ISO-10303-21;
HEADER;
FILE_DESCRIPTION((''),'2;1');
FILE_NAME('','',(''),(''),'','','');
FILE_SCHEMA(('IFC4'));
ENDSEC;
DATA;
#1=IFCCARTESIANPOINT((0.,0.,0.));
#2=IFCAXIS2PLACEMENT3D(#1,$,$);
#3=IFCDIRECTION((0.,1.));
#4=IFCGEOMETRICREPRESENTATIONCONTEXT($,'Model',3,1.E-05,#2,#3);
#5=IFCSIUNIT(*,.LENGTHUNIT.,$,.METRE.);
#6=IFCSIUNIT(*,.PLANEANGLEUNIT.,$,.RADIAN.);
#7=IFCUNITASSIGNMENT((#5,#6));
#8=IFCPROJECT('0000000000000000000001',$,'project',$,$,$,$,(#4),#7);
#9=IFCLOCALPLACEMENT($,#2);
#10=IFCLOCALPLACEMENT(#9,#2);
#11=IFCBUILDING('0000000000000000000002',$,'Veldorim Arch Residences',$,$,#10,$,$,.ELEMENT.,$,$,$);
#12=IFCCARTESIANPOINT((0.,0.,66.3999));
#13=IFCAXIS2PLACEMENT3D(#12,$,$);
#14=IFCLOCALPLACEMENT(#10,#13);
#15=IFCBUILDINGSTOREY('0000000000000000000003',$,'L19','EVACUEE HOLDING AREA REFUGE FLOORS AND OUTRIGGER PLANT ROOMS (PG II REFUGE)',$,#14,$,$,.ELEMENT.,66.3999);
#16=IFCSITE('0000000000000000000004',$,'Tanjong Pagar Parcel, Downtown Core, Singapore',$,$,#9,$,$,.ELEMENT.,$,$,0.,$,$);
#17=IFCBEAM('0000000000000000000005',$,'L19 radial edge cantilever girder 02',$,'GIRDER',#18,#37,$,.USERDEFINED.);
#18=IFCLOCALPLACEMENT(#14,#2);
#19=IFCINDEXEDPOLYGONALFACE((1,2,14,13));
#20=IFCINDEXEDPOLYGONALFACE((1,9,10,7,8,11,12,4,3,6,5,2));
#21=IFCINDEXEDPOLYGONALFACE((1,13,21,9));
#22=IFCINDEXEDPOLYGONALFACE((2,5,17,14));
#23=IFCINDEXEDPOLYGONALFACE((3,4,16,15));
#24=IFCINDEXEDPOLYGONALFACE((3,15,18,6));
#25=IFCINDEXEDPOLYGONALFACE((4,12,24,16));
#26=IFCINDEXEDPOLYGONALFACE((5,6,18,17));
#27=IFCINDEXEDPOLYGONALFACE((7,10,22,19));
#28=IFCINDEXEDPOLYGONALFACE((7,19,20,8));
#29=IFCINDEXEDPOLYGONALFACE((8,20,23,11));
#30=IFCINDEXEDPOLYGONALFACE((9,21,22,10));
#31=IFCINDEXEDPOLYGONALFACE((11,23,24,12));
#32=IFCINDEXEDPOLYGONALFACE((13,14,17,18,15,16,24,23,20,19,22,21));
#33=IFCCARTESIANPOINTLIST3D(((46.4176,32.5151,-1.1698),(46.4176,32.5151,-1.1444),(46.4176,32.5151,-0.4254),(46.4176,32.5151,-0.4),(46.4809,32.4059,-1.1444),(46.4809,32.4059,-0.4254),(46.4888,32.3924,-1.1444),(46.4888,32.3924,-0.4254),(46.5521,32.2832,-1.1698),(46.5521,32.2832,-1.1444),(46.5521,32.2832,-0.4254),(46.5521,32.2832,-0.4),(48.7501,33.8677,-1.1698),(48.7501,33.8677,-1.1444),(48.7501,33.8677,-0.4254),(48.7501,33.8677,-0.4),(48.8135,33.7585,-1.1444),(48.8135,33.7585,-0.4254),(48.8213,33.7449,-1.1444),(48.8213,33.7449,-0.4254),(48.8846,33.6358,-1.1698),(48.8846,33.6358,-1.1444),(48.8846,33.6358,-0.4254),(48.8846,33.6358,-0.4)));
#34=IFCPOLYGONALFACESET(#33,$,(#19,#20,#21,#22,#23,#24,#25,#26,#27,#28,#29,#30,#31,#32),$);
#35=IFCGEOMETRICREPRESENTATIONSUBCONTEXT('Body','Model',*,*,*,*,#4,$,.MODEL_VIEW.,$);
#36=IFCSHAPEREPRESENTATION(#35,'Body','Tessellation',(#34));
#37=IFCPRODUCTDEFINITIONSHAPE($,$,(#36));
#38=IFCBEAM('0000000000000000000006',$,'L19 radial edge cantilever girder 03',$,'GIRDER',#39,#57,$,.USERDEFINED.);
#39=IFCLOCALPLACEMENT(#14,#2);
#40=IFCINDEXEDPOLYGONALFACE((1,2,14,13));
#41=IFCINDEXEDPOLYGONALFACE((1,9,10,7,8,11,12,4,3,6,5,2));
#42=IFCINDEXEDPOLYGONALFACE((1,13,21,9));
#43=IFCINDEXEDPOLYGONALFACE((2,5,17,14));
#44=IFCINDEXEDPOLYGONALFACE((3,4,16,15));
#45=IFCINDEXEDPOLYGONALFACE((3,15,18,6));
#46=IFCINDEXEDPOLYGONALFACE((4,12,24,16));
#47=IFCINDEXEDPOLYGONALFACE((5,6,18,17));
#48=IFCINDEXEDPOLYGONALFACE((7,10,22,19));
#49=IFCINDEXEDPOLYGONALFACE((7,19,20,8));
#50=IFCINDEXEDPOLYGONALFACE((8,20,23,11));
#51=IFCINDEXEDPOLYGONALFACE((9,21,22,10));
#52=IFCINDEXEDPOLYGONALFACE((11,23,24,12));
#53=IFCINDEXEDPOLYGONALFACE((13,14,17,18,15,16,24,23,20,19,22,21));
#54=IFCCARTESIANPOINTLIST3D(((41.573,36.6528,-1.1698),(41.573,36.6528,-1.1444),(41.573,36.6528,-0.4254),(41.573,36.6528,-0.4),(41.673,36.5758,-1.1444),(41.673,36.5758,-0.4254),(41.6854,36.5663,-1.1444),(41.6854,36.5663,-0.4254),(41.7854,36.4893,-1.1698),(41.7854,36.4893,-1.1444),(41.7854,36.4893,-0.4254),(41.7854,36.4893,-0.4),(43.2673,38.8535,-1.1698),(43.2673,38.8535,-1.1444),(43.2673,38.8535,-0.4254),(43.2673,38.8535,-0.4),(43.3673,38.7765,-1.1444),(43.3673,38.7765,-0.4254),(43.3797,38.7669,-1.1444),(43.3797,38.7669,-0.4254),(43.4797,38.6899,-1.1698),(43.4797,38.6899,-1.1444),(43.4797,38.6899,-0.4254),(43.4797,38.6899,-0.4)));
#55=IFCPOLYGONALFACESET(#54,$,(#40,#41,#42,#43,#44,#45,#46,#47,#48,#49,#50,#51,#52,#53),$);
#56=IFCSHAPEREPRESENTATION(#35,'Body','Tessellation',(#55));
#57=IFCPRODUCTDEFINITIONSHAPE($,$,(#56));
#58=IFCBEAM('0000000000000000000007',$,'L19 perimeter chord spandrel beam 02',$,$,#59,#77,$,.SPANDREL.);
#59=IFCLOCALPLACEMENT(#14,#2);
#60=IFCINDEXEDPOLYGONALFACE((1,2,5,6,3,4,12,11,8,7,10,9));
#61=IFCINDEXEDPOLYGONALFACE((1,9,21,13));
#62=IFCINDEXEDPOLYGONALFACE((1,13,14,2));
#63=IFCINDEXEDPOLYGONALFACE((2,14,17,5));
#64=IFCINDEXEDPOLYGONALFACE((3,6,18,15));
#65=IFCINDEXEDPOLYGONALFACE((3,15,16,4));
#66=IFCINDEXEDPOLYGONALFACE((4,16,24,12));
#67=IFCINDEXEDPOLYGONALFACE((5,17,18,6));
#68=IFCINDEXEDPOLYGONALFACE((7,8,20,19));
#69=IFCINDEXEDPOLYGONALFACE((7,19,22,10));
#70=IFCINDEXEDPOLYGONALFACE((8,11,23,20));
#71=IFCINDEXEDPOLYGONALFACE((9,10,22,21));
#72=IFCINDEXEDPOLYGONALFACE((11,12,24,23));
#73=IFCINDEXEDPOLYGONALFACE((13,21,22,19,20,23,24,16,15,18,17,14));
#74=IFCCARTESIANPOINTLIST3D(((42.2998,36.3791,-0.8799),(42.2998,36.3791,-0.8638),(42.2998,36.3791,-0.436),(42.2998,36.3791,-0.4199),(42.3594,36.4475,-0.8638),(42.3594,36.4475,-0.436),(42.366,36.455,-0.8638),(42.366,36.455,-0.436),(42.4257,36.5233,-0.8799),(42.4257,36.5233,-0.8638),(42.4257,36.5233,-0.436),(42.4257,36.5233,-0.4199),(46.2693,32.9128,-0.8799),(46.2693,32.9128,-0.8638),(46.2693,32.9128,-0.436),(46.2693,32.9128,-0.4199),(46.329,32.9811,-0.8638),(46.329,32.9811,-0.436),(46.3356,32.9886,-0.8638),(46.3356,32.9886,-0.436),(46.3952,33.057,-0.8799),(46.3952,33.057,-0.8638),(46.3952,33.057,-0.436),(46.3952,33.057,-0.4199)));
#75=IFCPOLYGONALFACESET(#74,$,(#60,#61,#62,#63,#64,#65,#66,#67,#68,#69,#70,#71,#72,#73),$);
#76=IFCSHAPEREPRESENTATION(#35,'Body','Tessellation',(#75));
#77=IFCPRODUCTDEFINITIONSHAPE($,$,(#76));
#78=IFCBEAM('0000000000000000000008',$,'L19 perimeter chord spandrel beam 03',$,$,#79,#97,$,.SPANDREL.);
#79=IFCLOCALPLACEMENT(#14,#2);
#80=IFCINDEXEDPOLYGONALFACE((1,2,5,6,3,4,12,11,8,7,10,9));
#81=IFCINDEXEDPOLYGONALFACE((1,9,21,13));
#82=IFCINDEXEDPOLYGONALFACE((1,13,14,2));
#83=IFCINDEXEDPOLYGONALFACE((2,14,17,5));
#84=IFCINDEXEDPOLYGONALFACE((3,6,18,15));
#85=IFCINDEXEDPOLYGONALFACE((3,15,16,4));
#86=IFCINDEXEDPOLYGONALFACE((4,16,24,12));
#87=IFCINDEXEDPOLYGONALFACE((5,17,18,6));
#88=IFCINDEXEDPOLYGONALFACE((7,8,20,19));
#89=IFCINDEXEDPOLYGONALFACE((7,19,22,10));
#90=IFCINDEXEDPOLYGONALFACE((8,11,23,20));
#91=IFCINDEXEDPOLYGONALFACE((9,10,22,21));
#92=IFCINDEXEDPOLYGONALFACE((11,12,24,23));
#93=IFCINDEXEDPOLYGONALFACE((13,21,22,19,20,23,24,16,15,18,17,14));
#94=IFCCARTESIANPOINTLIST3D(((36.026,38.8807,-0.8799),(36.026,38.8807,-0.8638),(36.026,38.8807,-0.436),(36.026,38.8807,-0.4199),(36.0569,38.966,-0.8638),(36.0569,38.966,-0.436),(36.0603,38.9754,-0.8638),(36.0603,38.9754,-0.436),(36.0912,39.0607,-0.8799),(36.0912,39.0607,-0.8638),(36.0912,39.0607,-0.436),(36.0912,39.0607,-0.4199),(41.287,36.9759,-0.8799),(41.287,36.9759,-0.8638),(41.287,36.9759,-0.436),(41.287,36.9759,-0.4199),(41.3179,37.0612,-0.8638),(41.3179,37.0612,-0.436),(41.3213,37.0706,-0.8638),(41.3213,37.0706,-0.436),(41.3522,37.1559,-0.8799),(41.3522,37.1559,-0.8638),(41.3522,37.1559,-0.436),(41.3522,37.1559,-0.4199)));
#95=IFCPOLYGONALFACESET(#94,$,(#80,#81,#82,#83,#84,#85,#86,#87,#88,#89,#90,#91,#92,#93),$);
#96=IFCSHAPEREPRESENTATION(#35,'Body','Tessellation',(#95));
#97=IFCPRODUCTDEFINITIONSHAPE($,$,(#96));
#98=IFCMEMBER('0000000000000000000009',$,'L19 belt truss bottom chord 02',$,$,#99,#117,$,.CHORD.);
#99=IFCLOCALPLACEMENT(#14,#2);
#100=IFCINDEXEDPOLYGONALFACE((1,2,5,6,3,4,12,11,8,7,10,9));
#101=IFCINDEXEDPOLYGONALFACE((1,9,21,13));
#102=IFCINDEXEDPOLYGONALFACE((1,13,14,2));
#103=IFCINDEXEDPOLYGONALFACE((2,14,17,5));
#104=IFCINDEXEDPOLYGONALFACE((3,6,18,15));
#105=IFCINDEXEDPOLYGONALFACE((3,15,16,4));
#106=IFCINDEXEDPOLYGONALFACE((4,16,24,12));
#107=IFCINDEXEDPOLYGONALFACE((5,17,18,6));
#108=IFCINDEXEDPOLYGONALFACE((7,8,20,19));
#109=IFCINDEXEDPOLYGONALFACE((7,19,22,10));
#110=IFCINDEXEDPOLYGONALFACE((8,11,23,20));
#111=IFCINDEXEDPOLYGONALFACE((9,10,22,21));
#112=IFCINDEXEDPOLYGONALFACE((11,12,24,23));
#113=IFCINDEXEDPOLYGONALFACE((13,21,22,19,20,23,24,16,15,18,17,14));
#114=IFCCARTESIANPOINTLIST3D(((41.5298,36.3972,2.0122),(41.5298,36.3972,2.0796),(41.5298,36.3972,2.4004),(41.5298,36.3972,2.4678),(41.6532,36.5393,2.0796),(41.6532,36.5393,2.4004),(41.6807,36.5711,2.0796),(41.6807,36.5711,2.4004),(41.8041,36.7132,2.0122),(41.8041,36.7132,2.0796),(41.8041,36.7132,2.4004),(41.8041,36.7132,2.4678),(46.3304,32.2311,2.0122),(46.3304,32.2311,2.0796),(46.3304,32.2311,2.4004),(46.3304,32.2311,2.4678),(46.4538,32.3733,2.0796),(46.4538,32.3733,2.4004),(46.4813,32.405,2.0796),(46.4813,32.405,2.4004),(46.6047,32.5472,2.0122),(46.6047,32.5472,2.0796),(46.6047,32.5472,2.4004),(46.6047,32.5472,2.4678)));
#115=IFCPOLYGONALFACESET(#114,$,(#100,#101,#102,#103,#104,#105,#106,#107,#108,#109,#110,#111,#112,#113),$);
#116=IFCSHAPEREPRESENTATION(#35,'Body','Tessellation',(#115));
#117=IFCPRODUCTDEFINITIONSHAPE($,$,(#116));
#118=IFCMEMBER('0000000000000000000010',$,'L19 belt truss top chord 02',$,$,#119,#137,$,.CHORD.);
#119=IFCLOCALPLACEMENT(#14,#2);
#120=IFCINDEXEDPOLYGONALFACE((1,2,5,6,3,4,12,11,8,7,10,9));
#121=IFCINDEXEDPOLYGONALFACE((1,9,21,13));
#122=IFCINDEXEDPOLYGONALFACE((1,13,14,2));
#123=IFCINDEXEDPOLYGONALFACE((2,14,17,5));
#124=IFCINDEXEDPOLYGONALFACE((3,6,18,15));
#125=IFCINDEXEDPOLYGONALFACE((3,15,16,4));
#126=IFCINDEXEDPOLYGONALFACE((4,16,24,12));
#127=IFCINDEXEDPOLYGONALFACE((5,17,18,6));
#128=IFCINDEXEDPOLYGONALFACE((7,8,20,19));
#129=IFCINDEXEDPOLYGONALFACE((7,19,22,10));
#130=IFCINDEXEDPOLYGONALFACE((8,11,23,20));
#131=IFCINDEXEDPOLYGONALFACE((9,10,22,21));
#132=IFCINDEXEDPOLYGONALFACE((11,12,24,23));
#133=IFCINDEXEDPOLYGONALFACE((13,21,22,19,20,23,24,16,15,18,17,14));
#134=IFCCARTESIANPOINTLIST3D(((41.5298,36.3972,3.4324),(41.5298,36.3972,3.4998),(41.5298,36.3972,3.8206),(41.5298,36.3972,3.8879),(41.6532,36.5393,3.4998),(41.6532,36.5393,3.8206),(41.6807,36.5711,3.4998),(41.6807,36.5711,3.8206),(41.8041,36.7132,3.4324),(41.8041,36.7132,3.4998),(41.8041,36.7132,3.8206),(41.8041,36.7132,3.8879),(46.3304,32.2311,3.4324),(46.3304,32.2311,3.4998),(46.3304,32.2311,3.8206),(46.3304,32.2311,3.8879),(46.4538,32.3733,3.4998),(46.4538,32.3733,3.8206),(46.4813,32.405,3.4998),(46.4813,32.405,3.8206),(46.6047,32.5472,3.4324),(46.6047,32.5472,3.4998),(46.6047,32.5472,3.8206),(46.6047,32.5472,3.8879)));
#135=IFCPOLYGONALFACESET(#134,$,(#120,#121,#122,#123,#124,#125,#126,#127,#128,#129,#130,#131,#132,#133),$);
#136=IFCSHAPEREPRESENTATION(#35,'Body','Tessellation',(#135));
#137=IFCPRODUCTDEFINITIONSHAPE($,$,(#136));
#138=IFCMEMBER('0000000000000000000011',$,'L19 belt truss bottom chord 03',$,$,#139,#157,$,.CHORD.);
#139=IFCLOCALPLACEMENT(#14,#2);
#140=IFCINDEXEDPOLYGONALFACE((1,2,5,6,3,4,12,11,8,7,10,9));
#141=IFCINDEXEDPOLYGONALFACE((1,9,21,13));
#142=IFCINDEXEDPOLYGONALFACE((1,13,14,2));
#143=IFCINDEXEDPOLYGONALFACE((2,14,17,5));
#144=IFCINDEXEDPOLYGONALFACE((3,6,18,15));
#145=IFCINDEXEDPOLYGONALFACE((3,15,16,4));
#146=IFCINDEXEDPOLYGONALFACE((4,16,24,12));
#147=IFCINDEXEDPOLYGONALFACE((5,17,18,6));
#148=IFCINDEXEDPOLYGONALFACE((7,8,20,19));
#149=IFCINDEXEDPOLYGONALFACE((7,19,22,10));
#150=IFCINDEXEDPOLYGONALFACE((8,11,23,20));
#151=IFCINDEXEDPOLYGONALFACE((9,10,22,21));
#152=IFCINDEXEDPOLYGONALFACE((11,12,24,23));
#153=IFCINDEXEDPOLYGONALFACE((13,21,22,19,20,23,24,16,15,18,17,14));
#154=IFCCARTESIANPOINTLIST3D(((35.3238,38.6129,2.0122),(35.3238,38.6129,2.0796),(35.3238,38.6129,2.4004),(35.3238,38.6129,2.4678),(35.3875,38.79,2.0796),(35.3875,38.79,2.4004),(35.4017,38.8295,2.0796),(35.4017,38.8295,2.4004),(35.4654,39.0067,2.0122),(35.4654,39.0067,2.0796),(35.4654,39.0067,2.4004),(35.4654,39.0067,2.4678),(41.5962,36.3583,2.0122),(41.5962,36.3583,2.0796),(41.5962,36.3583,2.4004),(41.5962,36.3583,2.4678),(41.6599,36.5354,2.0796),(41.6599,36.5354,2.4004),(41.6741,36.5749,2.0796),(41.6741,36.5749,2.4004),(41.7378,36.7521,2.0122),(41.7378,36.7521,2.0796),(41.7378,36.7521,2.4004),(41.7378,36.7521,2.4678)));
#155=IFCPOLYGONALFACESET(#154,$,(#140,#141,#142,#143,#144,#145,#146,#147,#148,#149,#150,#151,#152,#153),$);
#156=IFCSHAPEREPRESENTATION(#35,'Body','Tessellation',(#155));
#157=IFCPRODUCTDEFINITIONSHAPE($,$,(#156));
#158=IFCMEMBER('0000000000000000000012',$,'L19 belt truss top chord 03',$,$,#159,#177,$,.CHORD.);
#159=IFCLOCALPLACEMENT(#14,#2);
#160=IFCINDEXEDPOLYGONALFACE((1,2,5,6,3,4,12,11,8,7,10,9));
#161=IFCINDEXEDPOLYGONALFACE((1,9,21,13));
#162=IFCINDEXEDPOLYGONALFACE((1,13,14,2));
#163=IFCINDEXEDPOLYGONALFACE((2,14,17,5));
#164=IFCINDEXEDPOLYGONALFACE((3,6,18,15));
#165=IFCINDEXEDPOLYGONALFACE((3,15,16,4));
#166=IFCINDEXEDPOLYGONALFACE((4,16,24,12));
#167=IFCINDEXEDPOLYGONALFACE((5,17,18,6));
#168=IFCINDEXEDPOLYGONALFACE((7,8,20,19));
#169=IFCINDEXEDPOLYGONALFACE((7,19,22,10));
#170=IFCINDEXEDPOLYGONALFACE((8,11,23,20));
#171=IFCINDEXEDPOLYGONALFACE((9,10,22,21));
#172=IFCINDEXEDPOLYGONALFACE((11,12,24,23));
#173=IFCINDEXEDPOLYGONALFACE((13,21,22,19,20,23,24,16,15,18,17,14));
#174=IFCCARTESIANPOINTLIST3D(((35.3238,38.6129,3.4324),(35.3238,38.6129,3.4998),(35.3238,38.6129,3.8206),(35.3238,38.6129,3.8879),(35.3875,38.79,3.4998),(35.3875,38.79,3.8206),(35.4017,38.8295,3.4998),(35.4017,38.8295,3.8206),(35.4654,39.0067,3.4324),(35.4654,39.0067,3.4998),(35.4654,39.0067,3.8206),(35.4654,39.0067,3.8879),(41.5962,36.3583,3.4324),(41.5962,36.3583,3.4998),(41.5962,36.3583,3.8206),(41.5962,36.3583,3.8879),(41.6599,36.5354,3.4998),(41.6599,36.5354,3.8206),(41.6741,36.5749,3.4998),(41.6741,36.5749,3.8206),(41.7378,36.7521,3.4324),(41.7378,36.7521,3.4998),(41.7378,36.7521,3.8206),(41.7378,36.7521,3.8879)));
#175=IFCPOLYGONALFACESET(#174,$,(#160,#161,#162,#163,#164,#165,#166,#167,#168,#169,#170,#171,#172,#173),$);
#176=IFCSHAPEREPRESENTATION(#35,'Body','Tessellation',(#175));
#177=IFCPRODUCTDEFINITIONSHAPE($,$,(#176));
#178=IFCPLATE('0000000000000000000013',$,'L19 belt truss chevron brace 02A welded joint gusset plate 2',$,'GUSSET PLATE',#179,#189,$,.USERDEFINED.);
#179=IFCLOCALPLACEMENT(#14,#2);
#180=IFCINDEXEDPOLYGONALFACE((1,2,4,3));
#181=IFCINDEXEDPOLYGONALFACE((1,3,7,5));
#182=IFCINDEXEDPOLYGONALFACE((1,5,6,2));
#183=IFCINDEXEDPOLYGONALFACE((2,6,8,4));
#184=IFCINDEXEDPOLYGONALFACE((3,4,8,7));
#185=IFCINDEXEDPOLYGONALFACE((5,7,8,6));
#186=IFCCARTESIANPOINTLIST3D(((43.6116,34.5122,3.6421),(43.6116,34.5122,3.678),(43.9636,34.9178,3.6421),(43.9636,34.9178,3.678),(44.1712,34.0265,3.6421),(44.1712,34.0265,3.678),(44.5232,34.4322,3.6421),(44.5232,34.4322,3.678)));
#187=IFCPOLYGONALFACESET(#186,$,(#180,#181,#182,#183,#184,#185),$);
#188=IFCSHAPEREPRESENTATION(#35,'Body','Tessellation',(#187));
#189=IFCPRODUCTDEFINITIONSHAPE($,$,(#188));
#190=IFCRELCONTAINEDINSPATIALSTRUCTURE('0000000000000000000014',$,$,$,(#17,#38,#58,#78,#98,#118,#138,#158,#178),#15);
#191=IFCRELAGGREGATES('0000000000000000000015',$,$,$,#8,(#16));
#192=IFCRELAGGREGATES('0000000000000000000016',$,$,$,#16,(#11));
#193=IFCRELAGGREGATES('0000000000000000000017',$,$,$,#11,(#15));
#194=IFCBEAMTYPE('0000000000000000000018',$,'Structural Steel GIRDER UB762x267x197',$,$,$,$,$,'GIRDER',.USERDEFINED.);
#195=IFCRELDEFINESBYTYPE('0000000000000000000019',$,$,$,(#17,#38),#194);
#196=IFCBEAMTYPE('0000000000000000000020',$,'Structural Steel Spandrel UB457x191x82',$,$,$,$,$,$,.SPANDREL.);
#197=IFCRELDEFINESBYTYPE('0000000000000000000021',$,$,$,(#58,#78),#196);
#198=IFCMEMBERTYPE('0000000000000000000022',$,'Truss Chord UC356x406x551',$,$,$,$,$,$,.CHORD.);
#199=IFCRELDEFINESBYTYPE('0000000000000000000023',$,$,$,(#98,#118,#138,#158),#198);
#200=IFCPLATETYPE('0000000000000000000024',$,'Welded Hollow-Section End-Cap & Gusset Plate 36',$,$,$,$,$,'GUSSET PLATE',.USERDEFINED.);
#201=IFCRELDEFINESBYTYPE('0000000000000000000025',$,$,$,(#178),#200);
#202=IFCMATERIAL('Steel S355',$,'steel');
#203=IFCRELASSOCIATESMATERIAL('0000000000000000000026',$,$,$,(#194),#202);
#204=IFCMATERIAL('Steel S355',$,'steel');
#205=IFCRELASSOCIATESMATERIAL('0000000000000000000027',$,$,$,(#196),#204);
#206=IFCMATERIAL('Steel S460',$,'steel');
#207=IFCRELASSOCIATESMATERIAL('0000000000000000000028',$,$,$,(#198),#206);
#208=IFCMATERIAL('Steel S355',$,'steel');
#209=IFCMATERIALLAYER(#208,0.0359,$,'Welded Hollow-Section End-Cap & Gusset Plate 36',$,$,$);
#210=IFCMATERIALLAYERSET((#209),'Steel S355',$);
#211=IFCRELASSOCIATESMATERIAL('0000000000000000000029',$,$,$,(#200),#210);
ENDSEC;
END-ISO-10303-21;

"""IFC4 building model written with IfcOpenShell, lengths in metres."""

from ifc_helpers import new_model, si_unit, direction, frame, origin, origin_2d, place, context, subcontext, project, spatial, rectangle, i_section, extrude, material, layer, layer_set, material_profile, profile_set, type_object, element, save


model = new_model("IFC4")

# Units and contexts
model_context = context("Model", 3, precision=1e-05, world=origin(), true_north=direction((0.0, 1.0)))
body_context = subcontext(model_context, "Body", "Model", "MODEL_VIEW")
ifc_project = project(units=[si_unit("LENGTHUNIT", "METRE"), si_unit("PLANEANGLEUNIT", "RADIAN")], contexts=[model_context])

# Site, building, storey
site_placement = place(None, origin())
site = spatial("IfcSite", under=ifc_project, at=site_placement, Name="Tanjong Pagar Parcel, Downtown Core, Singapore", CompositionType="ELEMENT", RefElevation=0.0)
building_placement = place(site_placement, origin())
building = spatial("IfcBuilding", under=site, at=building_placement, Name="Veldorim Arch Residences", CompositionType="ELEMENT")
storey_placement = place(building_placement, frame((0.0, 0.0, 66.3999)))
storey = spatial("IfcBuildingStorey", under=building, at=storey_placement, Name="L19", Description="EVACUEE HOLDING AREA REFUGE FLOORS AND OUTRIGGER PLANT ROOMS (PG II REFUGE)", CompositionType="ELEMENT", Elevation=66.3999)

# Beams
ifc_material_1 = material(Name="Steel S355", Category="steel")
ifc_material_profile_1 = material_profile(ifc_material_1, i_section(OverallWidth=0.2681, OverallDepth=0.7698, WebThickness=0.0156, FlangeThickness=0.0254, at=origin_2d()), Name="UB762x267x197")
ifc_profile_set_1 = profile_set([ifc_material_profile_1], Name="Steel S355")
beam_type_1 = type_object("IfcBeamType", Name="Structural Steel GIRDER UB762x267x197", ElementType="GIRDER", PredefinedType="USERDEFINED", material=ifc_profile_set_1)
beam_1_placement = place(storey_placement, frame((46.4849, 32.3992, -0.7849), z_axis=(0.865083, 0.501629, 0.0), x_axis=(-0.501629, 0.865083, 0.0)))
element("IfcBeam", 1, at=beam_1_placement, inside=storey, type_object=beam_type_1, Name="L19 radial edge cantilever girder 02", ObjectType="GIRDER", PredefinedType="USERDEFINED", context=body_context, shape_type="SweptSolid", body=[
    extrude(i_section(OverallWidth=0.2681, OverallDepth=0.7698, WebThickness=0.0156, FlangeThickness=0.0254, at=origin_2d()), origin(), (0.0, 0.0, 1.0), 2.6963),
])
beam_2_placement = place(storey_placement, frame((41.6792, 36.571, -0.7849), z_axis=(0.610051, 0.792362, 0.0), x_axis=(-0.792362, 0.610051, 0.0)))
element("IfcBeam", 2, at=beam_2_placement, inside=storey, type_object=beam_type_1, Name="L19 radial edge cantilever girder 03", ObjectType="GIRDER", PredefinedType="USERDEFINED", context=body_context, shape_type="SweptSolid", body=[
    extrude(i_section(OverallWidth=0.2681, OverallDepth=0.7698, WebThickness=0.0156, FlangeThickness=0.0254, at=origin_2d()), origin(), (0.0, 0.0, 1.0), 2.7773),
])
ifc_material_2 = material(Name="Steel S355", Category="steel")
ifc_material_profile_2 = material_profile(ifc_material_2, i_section(OverallWidth=0.1914, OverallDepth=0.46, WebThickness=0.01, FlangeThickness=0.0161, at=origin_2d()), Name="UB457x191x82")
ifc_profile_set_2 = profile_set([ifc_material_profile_2], Name="Steel S355")
beam_type_2 = type_object("IfcBeamType", Name="Structural Steel Spandrel UB457x191x82", PredefinedType="SPANDREL", material=ifc_profile_set_2)
beam_3_placement = place(storey_placement, frame((46.3323, 32.9849, -0.6499), z_axis=(-0.753234, 0.657753, 0.0), x_axis=(-0.657753, -0.753234, 0.0)))
element("IfcBeam", 3, at=beam_3_placement, inside=storey, type_object=beam_type_2, Name="L19 perimeter chord spandrel beam 02", PredefinedType="SPANDREL", context=body_context, shape_type="SweptSolid", body=[
    extrude(i_section(OverallWidth=0.1914, OverallDepth=0.46, WebThickness=0.01, FlangeThickness=0.0161, at=origin_2d()), origin(), (0.0, 0.0, 1.0), 5.27),
])
beam_4_placement = place(storey_placement, frame((41.3196, 37.0659, -0.6499), z_axis=(-0.940269, 0.340432, 0.0), x_axis=(-0.340432, -0.940269, 0.0)))
element("IfcBeam", 4, at=beam_4_placement, inside=storey, type_object=beam_type_2, Name="L19 perimeter chord spandrel beam 03", PredefinedType="SPANDREL", context=body_context, shape_type="SweptSolid", body=[
    extrude(i_section(OverallWidth=0.1914, OverallDepth=0.46, WebThickness=0.01, FlangeThickness=0.0161, at=origin_2d()), origin(), (0.0, 0.0, 1.0), 5.5952),
])

# Members
ifc_material_3 = material(Name="Steel S460", Category="steel")
ifc_material_profile_3 = material_profile(ifc_material_3, i_section(OverallWidth=0.4185, OverallDepth=0.4556, WebThickness=0.042, FlangeThickness=0.0674, at=origin_2d()), Name="UC356x406x551")
ifc_profile_set_3 = profile_set([ifc_material_profile_3], Name="Steel S460")
member_type_1 = type_object("IfcMemberType", Name="Truss Chord UC356x406x551", PredefinedType="CHORD", material=ifc_profile_set_3)
for number, where, z_axis, x_axis, name in (
    (5, (46.4675, 32.3892, 2.24), (-0.755257, 0.655429, 0.0), (-0.655429, -0.755257, 0.0), "L19 belt truss bottom chord 02"),
    (6, (46.4675, 32.3892, 3.6602), (-0.755257, 0.655429, 0.0), (-0.655429, -0.755257, 0.0), "L19 belt truss top chord 02"),
):
    element("IfcMember", number, at=place(storey_placement, frame(where, z_axis=z_axis, x_axis=x_axis)), inside=storey, type_object=member_type_1, Name=name, PredefinedType="CHORD", context=body_context, shape_type="SweptSolid", body=[
        extrude(i_section(OverallWidth=0.4185, OverallDepth=0.4556, WebThickness=0.042, FlangeThickness=0.0674, at=origin_2d()), origin(), (0.0, 0.0, 1.0), 6.3562),
    ])
for number, where, z_axis, x_axis, name in (
    (7, (41.667, 36.5552, 2.24), (-0.941052, 0.338262, 0.0), (-0.338262, -0.941052, 0.0), "L19 belt truss bottom chord 03"),
    (8, (41.667, 36.5552, 3.6602), (-0.941052, 0.338262, 0.0), (-0.338262, -0.941052, 0.0), "L19 belt truss top chord 03"),
):
    element("IfcMember", number, at=place(storey_placement, frame(where, z_axis=z_axis, x_axis=x_axis)), inside=storey, type_object=member_type_1, Name=name, PredefinedType="CHORD", context=body_context, shape_type="SweptSolid", body=[
        extrude(i_section(OverallWidth=0.4185, OverallDepth=0.4556, WebThickness=0.042, FlangeThickness=0.0674, at=origin_2d()), origin(), (0.0, 0.0, 1.0), 6.6653),
    ])

# Plate
ifc_material_4 = material(Name="Steel S355", Category="steel")
ifc_layer_1 = layer(ifc_material_4, 0.0359, Name="Welded Hollow-Section End-Cap & Gusset Plate 36")
ifc_layer_set_1 = layer_set([ifc_layer_1], Name="Steel S355")
plate_type = type_object("IfcPlateType", Name="Welded Hollow-Section End-Cap & Gusset Plate 36", ElementType="GUSSET PLATE", PredefinedType="USERDEFINED", material=ifc_layer_set_1)
for number, where, z_axis, x_axis, name in (
    (9, (44.0674, 34.4722, 3.6421), (0.0, 0.0, 1.0), (-0.755259, 0.655427, 0.0), "L19 belt truss chevron brace 02A welded joint gusset plate 2"),
):
    element("IfcPlate", number, at=place(storey_placement, frame(where, z_axis=z_axis, x_axis=x_axis)), inside=storey, type_object=plate_type, Name=name, ObjectType="GUSSET PLATE", PredefinedType="USERDEFINED", context=body_context, shape_type="SweptSolid", body=[
        extrude(rectangle(XDim=0.741, YDim=0.5371, at=origin_2d()), origin(), (0.0, 0.0, 1.0), 0.0359),
    ])

save(model, "model.ifc")
